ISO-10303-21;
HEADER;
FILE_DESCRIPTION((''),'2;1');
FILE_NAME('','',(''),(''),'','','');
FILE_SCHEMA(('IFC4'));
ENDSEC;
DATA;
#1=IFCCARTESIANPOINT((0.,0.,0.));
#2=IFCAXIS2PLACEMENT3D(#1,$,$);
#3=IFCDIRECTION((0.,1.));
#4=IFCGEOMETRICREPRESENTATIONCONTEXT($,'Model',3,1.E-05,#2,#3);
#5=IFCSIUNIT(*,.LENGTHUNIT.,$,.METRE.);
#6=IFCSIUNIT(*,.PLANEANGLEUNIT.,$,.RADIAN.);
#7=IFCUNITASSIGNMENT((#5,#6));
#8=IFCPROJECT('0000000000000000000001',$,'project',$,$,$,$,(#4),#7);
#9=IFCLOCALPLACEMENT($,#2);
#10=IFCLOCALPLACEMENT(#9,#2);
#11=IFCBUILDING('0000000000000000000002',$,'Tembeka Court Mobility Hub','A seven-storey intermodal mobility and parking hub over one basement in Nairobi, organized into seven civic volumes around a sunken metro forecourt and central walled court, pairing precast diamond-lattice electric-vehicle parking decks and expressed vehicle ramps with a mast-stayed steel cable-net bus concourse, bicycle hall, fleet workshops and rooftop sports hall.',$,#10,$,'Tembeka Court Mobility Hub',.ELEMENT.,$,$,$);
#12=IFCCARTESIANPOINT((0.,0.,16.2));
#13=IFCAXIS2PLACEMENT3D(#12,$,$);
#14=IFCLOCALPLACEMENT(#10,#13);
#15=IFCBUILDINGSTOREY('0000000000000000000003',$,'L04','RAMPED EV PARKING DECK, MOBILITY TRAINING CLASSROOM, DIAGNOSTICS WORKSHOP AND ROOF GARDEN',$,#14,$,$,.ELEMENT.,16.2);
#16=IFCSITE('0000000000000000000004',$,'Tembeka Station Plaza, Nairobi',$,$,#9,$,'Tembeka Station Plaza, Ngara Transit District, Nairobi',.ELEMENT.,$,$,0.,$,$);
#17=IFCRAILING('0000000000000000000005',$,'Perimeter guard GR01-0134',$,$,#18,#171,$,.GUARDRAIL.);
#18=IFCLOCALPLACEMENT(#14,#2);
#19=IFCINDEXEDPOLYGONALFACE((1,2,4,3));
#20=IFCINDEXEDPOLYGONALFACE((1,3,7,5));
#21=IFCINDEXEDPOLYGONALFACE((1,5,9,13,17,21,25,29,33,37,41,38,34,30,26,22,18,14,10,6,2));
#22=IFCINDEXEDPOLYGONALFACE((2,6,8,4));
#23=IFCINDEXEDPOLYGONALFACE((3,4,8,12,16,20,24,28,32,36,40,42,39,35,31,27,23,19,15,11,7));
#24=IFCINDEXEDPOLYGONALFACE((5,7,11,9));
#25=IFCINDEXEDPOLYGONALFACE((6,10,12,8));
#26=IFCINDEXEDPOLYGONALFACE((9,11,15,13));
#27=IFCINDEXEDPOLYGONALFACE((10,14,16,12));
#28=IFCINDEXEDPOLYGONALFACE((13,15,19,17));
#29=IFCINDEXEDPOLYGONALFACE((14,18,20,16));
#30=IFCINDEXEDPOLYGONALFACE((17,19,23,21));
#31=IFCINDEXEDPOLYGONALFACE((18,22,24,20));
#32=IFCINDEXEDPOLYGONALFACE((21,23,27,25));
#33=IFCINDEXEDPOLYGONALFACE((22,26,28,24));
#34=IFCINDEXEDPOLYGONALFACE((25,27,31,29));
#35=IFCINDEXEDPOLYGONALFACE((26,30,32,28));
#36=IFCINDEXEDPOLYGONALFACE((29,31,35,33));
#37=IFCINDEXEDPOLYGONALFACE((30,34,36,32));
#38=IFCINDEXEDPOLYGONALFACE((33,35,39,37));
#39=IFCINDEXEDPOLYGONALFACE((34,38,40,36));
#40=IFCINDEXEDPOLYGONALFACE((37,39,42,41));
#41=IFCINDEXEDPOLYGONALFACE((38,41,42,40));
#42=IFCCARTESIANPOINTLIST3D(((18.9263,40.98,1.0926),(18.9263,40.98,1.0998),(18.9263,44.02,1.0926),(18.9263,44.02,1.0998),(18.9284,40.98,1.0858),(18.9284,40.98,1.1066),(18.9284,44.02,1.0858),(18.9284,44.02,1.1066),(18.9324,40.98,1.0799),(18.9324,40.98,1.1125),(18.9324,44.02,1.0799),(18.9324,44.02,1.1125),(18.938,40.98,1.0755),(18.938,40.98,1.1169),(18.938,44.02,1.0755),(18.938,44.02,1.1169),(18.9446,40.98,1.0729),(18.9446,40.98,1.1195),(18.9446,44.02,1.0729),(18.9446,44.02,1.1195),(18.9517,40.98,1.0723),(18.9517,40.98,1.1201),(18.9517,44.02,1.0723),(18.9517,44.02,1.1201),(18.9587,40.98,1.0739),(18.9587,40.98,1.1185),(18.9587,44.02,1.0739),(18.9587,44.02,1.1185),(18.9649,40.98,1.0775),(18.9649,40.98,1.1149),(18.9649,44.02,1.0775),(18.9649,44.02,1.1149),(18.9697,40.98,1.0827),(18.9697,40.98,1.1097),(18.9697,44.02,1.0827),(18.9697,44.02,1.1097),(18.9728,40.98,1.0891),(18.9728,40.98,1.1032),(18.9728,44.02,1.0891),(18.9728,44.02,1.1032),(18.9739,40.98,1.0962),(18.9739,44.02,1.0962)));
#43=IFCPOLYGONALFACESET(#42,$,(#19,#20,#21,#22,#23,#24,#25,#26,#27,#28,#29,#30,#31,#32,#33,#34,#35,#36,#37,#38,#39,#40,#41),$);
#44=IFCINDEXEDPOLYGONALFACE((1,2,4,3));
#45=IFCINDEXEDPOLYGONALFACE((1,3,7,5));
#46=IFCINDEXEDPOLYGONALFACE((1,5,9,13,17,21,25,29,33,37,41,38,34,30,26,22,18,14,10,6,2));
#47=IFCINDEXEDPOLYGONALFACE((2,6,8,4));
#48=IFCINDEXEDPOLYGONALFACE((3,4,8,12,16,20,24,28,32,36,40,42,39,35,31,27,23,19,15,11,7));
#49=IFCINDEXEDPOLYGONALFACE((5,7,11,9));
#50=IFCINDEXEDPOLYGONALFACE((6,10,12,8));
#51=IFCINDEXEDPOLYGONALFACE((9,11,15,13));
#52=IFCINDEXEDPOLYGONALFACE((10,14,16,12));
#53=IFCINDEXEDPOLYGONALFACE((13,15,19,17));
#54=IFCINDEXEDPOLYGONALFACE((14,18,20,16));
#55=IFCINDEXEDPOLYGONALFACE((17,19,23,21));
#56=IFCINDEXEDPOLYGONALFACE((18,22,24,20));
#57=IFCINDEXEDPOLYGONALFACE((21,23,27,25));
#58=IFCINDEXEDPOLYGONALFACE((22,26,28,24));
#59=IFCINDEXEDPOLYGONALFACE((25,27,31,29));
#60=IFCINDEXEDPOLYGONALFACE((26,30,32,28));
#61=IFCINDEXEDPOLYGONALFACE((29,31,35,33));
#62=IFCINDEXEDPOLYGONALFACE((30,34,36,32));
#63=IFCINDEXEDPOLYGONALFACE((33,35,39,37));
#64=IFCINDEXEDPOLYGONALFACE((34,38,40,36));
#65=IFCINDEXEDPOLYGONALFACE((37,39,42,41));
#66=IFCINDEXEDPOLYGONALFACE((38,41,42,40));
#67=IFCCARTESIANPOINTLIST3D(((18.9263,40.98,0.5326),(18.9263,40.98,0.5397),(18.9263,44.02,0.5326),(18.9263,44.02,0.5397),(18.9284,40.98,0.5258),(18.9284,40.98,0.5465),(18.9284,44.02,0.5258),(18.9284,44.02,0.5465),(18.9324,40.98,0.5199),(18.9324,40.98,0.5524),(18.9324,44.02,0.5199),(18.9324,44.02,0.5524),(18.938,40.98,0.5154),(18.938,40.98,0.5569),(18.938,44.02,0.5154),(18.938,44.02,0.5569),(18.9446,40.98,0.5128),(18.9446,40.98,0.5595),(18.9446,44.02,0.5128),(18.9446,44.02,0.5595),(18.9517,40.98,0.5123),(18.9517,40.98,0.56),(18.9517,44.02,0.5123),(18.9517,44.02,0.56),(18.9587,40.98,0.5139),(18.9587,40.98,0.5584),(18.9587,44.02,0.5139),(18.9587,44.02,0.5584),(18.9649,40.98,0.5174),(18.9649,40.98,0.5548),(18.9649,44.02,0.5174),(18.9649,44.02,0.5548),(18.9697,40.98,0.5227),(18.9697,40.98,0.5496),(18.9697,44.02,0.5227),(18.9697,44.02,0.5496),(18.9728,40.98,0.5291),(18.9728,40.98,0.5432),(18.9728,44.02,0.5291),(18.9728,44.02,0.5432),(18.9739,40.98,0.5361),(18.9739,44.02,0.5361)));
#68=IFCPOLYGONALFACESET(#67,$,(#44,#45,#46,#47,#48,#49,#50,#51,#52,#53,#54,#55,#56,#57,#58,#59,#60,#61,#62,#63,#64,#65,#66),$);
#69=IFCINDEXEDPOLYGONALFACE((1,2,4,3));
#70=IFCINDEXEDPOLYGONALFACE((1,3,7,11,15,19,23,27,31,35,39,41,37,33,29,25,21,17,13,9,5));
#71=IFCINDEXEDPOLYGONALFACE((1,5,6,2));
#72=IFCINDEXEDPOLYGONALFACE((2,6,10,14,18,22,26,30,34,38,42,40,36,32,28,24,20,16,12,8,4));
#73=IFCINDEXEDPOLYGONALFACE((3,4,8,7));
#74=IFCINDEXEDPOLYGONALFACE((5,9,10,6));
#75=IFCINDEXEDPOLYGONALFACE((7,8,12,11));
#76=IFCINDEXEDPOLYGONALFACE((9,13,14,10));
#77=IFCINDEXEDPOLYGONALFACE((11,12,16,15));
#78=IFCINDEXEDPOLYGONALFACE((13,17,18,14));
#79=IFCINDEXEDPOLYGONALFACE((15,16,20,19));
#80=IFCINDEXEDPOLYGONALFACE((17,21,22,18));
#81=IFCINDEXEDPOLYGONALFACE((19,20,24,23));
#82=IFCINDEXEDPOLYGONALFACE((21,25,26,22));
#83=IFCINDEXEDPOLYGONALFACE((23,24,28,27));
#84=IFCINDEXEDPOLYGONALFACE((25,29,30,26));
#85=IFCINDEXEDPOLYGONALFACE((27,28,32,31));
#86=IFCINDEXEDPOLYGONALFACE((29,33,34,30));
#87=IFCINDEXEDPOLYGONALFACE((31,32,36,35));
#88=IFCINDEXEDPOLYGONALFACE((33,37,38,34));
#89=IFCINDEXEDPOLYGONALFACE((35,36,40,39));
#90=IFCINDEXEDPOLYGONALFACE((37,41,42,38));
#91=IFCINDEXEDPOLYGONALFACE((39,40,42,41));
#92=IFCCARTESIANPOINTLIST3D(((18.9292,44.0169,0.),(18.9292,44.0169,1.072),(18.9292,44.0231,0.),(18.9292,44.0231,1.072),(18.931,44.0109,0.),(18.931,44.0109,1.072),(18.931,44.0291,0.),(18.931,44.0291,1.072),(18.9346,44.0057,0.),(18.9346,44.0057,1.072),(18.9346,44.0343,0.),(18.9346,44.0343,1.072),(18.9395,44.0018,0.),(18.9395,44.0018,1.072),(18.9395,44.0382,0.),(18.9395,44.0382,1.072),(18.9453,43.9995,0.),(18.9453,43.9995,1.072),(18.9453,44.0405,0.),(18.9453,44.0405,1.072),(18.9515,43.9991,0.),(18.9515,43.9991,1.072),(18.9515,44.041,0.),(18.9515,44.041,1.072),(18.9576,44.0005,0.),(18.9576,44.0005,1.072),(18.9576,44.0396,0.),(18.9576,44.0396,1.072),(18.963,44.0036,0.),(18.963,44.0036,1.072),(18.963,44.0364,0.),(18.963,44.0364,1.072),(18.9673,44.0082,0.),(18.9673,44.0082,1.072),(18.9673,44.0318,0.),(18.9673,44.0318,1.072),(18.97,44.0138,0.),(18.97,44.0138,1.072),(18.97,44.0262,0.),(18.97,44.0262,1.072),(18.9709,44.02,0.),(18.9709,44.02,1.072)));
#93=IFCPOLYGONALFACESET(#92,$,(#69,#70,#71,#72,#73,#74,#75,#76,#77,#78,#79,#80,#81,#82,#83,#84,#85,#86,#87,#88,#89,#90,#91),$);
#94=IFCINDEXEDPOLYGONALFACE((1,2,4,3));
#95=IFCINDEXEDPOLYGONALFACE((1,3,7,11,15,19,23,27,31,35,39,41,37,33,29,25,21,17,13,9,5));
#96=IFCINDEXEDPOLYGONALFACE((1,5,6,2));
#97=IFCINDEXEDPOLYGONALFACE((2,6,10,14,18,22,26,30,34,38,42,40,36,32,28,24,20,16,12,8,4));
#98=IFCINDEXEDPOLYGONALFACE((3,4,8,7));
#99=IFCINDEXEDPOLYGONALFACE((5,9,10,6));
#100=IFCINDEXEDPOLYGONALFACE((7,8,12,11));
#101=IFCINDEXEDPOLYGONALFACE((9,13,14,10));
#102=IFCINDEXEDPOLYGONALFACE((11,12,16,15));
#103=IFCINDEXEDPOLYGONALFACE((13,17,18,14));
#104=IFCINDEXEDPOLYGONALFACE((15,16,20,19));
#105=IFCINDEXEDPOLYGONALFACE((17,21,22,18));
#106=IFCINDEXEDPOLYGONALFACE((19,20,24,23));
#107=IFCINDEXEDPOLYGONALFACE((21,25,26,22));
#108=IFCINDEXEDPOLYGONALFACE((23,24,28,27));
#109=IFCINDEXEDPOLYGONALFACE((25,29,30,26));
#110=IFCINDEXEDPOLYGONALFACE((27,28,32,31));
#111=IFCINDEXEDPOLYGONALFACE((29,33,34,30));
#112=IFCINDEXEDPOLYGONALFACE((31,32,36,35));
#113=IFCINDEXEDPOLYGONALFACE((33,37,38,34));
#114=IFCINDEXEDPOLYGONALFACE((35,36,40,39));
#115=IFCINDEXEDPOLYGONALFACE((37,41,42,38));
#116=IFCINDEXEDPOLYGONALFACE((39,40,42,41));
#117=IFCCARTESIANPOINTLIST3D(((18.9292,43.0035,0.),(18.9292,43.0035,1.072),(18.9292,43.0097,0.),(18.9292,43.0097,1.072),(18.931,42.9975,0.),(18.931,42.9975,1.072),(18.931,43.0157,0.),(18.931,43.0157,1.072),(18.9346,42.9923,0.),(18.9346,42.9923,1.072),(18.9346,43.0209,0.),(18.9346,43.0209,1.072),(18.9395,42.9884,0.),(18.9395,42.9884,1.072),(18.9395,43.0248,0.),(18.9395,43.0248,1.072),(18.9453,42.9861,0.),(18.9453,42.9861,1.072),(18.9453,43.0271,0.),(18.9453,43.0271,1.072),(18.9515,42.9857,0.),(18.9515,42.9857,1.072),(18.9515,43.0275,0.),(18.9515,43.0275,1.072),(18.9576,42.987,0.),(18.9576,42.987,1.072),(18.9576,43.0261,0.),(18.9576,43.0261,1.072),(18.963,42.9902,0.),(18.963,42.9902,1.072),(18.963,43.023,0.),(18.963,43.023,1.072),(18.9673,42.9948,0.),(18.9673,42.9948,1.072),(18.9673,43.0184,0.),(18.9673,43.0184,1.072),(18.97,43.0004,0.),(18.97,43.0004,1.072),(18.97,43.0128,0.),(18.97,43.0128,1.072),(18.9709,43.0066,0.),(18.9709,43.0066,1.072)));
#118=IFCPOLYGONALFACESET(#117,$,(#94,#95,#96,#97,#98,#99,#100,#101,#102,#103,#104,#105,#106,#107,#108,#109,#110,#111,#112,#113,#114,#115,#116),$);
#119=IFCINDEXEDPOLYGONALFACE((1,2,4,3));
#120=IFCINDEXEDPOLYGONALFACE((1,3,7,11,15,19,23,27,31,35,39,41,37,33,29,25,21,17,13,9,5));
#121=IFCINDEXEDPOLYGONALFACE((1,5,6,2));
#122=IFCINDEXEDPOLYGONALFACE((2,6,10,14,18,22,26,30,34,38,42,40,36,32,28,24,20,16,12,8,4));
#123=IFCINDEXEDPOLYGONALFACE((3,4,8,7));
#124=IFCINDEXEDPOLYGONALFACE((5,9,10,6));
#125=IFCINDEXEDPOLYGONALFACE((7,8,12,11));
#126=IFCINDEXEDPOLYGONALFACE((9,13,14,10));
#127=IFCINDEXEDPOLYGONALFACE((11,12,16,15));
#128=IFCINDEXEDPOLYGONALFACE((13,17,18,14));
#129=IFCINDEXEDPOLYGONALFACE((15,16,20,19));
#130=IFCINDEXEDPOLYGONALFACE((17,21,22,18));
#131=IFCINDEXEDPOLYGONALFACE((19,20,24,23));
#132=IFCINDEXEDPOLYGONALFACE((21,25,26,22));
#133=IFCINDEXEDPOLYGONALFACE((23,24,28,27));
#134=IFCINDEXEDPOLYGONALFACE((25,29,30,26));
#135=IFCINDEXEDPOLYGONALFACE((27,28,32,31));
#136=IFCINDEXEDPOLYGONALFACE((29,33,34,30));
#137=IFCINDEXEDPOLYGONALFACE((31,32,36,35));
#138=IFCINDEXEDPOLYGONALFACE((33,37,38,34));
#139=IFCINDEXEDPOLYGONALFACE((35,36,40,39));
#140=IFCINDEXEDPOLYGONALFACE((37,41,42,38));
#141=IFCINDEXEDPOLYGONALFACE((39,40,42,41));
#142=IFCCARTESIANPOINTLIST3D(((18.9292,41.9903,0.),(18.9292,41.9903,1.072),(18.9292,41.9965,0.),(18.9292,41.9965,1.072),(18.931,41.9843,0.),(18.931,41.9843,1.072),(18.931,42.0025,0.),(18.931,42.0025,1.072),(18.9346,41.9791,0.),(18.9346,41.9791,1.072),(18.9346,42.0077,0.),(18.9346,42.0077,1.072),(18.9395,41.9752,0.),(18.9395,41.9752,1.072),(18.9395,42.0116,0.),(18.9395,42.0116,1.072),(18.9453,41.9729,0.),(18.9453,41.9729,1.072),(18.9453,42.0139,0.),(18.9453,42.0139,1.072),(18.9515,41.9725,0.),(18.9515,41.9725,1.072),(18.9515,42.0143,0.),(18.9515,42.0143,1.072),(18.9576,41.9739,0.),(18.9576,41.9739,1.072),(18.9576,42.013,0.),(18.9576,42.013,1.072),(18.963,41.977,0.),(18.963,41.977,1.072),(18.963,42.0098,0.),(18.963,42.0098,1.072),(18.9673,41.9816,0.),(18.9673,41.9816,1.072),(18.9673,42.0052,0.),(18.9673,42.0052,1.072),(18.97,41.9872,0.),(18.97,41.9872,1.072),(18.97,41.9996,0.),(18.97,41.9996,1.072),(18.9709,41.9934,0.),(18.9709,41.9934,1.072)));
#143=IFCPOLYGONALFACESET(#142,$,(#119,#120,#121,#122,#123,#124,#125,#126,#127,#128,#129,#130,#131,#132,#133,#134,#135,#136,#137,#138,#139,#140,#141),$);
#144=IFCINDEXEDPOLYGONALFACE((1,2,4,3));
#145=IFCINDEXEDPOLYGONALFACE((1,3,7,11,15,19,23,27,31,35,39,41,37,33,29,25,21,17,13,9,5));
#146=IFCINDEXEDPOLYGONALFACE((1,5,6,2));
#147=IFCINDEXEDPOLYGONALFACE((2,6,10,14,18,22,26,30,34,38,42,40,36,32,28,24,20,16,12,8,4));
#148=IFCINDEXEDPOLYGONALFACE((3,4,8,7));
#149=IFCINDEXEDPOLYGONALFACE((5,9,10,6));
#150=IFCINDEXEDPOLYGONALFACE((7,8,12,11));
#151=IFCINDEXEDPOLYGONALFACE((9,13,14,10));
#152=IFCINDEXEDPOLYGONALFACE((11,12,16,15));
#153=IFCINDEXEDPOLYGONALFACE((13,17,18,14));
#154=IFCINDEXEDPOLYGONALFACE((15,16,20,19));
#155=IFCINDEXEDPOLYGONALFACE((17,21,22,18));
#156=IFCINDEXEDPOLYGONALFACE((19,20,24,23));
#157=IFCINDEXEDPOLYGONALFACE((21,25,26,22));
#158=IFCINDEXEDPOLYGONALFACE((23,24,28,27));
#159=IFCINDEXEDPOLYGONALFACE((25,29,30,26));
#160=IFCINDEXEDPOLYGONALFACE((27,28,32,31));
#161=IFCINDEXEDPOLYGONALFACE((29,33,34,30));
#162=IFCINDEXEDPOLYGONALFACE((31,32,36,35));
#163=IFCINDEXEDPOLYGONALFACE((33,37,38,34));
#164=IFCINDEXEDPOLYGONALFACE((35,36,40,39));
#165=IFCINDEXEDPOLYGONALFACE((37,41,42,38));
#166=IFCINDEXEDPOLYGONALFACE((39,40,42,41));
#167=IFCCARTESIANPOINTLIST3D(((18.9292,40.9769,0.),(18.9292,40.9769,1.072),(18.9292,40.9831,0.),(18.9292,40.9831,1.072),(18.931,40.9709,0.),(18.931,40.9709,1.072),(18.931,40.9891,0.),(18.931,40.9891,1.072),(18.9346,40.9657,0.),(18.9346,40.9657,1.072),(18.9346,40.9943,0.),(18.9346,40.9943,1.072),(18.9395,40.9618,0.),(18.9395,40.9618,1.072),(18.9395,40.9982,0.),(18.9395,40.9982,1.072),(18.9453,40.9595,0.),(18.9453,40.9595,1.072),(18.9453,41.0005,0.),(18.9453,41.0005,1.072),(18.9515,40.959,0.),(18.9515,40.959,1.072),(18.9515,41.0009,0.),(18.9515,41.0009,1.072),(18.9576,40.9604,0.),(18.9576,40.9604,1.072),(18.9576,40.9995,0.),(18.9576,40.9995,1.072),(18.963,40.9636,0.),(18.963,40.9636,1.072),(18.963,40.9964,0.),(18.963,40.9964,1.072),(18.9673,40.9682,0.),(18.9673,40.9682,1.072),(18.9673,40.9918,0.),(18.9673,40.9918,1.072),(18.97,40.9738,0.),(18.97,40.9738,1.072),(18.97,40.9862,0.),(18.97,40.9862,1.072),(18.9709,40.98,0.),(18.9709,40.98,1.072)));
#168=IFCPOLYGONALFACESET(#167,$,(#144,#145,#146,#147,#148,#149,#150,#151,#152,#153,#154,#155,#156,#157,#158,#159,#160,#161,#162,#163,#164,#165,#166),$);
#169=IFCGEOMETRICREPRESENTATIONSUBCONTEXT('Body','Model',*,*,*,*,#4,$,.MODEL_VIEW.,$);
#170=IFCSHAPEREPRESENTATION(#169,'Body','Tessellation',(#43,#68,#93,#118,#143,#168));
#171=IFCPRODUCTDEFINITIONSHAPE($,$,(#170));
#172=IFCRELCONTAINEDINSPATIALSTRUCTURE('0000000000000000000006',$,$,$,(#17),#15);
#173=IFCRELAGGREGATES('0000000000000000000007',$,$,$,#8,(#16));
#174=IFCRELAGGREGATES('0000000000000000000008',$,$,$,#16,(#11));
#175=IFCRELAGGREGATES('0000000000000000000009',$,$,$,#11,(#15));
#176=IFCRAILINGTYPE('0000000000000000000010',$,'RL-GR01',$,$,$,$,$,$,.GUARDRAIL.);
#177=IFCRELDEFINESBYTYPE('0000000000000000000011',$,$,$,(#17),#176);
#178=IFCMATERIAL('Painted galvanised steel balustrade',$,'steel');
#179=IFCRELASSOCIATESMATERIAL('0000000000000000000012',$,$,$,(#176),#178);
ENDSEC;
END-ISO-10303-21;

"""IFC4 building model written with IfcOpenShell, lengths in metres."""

from ifc_helpers import new_model, si_unit, direction, frame, origin, origin_2d, place, context, subcontext, project, spatial, circle, extrude, material, type_object, element, save


model = new_model("IFC4")

# Units and contexts
model_context = context("Model", 3, precision=1e-05, world=origin(), true_north=direction((0.0, 1.0)))
body_context = subcontext(model_context, "Body", "Model", "MODEL_VIEW")
ifc_project = project(units=[si_unit("LENGTHUNIT", "METRE"), si_unit("PLANEANGLEUNIT", "RADIAN")], contexts=[model_context])

# Site, building, storey
site_placement = place(None, origin())
site = spatial("IfcSite", under=ifc_project, at=site_placement, Name="Tembeka Station Plaza, Nairobi", LongName="Tembeka Station Plaza, Ngara Transit District, Nairobi", CompositionType="ELEMENT", RefElevation=0.0)
building_placement = place(site_placement, origin())
building = spatial("IfcBuilding", under=site, at=building_placement, Name="Tembeka Court Mobility Hub", Description="A seven-storey intermodal mobility and parking hub over one basement in Nairobi, organized into seven civic volumes around a sunken metro forecourt and central walled court, pairing precast diamond-lattice electric-vehicle parking decks and expressed vehicle ramps with a mast-stayed steel cable-net bus concourse, bicycle hall, fleet workshops and rooftop sports hall.", LongName="Tembeka Court Mobility Hub", CompositionType="ELEMENT")
storey_placement = place(building_placement, frame((0.0, 0.0, 16.2)))
storey = spatial("IfcBuildingStorey", under=building, at=storey_placement, Name="L04", Description="RAMPED EV PARKING DECK, MOBILITY TRAINING CLASSROOM, DIAGNOSTICS WORKSHOP AND ROOF GARDEN", CompositionType="ELEMENT", Elevation=16.2)

# Railing
ifc_material_1 = material(Name="Painted galvanised steel balustrade", Category="steel")
railing_type_1 = type_object("IfcRailingType", Name="RL-GR01", PredefinedType="GUARDRAIL", material=ifc_material_1)
railing_1_placement = place(storey_placement, frame((18.95, 44.02, 0.0)))
element("IfcRailing", 1, at=railing_1_placement, inside=storey, type_object=railing_type_1, Name="Perimeter guard GR01-0134", PredefinedType="GUARDRAIL", context=body_context, shape_type="SweptSolid", body=[
    extrude(circle(Radius=0.0239, at=origin_2d()), frame((0.0, 0.0, 1.0962), z_axis=(0.0, -1.0, 0.0), x_axis=(1.0, 0.0, 0.0)), (0.0, 0.0, 1.0), 3.04),
    extrude(circle(Radius=0.0239, at=origin_2d()), frame((0.0, 0.0, 0.5361), z_axis=(0.0, -1.0, 0.0), x_axis=(1.0, 0.0, 0.0)), (0.0, 0.0, 1.0), 3.04),
    extrude(circle(Radius=0.021, at=origin_2d()), origin(), (0.0, 0.0, 1.0), 1.072),
    extrude(circle(Radius=0.021, at=origin_2d()), frame((0.0, -1.0134, 0.0)), (0.0, 0.0, 1.0), 1.072),
    extrude(circle(Radius=0.021, at=origin_2d()), frame((0.0, -2.0266, 0.0)), (0.0, 0.0, 1.0), 1.072),
    extrude(circle(Radius=0.021, at=origin_2d()), frame((0.0, -3.04, 0.0)), (0.0, 0.0, 1.0), 1.072),
])

save(model, "model.ifc")
